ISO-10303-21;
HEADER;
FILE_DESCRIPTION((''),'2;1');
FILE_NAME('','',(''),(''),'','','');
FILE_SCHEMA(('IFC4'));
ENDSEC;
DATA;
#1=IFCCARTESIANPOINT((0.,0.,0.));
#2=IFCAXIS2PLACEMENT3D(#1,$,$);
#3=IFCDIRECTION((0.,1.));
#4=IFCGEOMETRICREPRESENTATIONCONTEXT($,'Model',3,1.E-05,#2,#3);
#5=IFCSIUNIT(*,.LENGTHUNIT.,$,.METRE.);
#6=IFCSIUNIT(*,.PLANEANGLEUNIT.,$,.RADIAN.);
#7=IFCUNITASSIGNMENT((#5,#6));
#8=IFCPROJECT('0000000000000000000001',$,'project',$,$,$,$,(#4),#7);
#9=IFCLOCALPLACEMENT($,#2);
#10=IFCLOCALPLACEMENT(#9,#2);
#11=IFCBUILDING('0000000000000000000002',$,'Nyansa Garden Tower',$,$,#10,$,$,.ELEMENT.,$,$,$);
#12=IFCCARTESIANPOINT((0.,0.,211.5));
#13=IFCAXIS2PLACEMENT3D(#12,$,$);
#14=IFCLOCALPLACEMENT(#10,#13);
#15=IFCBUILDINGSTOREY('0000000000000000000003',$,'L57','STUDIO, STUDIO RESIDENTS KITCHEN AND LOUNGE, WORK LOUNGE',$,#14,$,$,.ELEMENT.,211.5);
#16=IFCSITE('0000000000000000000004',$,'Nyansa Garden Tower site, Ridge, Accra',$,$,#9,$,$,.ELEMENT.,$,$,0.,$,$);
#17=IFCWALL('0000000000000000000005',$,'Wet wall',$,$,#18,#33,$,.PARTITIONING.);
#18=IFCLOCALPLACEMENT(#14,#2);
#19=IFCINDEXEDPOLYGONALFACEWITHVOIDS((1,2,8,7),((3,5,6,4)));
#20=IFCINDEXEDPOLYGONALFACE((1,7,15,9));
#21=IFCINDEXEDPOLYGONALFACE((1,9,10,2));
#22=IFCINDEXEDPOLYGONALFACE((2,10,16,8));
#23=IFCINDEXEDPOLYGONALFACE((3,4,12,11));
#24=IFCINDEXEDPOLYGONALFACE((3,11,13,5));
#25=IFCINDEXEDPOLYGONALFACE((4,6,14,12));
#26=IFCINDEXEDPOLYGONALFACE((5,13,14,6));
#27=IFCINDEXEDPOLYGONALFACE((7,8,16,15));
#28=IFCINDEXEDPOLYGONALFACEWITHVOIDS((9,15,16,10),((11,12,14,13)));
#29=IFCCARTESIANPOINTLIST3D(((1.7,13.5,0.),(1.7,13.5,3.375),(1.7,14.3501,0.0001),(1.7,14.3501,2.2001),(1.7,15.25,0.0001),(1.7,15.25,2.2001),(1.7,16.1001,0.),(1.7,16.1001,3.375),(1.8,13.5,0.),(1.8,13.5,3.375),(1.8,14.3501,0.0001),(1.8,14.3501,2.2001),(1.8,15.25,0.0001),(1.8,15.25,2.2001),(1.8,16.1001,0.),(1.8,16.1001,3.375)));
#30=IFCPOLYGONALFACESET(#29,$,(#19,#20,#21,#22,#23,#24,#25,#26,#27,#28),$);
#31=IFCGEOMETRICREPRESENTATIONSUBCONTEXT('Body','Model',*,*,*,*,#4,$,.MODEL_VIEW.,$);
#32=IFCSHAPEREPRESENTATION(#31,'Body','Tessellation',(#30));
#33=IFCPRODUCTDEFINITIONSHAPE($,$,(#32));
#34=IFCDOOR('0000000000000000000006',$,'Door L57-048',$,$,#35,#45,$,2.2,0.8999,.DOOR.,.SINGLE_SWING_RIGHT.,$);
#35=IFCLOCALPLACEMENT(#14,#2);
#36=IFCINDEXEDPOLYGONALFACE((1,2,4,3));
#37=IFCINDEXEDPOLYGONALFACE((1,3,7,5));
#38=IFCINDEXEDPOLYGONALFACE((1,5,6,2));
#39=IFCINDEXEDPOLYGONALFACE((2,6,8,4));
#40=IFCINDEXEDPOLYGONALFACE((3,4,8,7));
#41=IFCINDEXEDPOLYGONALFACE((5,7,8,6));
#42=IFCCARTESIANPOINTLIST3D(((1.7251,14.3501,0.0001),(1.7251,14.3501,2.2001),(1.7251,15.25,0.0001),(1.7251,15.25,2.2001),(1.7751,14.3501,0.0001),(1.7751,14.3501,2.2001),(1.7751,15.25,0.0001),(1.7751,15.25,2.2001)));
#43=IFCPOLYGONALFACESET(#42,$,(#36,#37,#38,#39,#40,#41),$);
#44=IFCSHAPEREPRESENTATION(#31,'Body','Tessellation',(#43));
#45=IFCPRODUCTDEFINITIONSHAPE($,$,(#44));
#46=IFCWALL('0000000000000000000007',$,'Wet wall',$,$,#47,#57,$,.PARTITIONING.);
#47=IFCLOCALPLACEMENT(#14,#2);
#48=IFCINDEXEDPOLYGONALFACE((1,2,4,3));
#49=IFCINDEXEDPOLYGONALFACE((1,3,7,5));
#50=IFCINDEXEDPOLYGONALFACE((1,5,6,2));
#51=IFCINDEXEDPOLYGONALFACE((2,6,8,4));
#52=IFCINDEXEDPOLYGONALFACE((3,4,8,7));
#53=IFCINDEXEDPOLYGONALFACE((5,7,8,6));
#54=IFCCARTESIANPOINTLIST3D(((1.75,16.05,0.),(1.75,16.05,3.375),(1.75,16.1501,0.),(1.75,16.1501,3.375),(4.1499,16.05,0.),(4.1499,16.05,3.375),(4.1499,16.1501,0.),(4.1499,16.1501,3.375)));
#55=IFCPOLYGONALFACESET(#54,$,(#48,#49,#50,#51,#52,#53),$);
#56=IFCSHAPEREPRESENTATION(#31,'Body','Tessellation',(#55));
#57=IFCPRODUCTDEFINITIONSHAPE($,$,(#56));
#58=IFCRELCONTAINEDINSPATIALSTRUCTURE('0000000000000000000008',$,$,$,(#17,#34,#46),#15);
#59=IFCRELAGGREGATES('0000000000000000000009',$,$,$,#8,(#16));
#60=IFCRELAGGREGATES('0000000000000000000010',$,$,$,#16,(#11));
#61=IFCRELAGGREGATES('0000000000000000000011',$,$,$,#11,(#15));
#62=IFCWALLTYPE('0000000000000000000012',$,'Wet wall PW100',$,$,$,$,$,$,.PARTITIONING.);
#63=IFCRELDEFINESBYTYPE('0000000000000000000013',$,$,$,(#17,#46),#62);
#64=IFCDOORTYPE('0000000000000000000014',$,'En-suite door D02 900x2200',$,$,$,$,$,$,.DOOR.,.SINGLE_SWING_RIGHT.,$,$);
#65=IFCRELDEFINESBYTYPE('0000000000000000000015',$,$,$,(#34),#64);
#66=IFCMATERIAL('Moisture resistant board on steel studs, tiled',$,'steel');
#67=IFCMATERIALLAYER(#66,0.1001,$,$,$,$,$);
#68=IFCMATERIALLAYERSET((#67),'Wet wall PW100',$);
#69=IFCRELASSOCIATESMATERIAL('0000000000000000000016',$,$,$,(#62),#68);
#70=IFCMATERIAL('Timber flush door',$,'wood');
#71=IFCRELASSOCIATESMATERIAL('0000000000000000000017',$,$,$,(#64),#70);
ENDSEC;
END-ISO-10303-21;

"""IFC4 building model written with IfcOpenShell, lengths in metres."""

from ifc_helpers import new_model, si_unit, direction, frame, frame_2d, origin, place, context, subcontext, project, spatial, rectangle, extrude, material, layer, layer_set, type_object, element, fill, save


model = new_model("IFC4")

# Units and contexts
model_context = context("Model", 3, precision=1e-05, world=origin(), true_north=direction((0.0, 1.0)))
body_context = subcontext(model_context, "Body", "Model", "MODEL_VIEW")
ifc_project = project(units=[si_unit("LENGTHUNIT", "METRE"), si_unit("PLANEANGLEUNIT", "RADIAN")], contexts=[model_context])

# Site, building, storey
site_placement = place(None, origin())
site = spatial("IfcSite", under=ifc_project, at=site_placement, Name="Nyansa Garden Tower site, Ridge, Accra", CompositionType="ELEMENT", RefElevation=0.0)
building_placement = place(site_placement, origin())
building = spatial("IfcBuilding", under=site, at=building_placement, Name="Nyansa Garden Tower", CompositionType="ELEMENT")
storey_placement = place(building_placement, frame((0.0, 0.0, 211.5)))
storey = spatial("IfcBuildingStorey", under=building, at=storey_placement, Name="L57", Description="STUDIO, STUDIO RESIDENTS KITCHEN AND LOUNGE, WORK LOUNGE", CompositionType="ELEMENT", Elevation=211.5)

# Wall, opening, door
ifc_material_1 = material(Name="Moisture resistant board on steel studs, tiled", Category="steel")
ifc_layer_1 = layer(ifc_material_1, 0.1001)
ifc_layer_set_1 = layer_set([ifc_layer_1], Name="Wet wall PW100")
wall_type_1 = type_object("IfcWallType", Name="Wet wall PW100", PredefinedType="PARTITIONING", material=ifc_layer_set_1)
wall_1_placement = place(storey_placement, frame((1.75, 13.5, 0.0), z_axis=(0.0, 0.0, 1.0), x_axis=(0.0, 1.0, 0.0)))
wall_1 = element("IfcWall", 1, at=wall_1_placement, inside=storey, type_object=wall_type_1, Name="Wet wall", PredefinedType="PARTITIONING", context=body_context, shape_type="SweptSolid", body=[
    extrude(rectangle(XDim=2.6001, YDim=0.1001, at=frame_2d((1.3, 0.0))), origin(), (0.0, 0.0, 1.0), 3.375),
])
opening_1_placement = place(wall_1_placement, frame((0.8501, 0.0, 0.0)))
opening_1 = element("IfcOpeningElement", 2, at=opening_1_placement, cuts=wall_1, PredefinedType="OPENING", context=body_context, shape_type="SweptSolid", body=[
    extrude(rectangle(XDim=0.8999, YDim=2.2, at=frame_2d((0.45, 1.1001))), frame((0.0, 0.0601, 0.0), z_axis=(0.0, -1.0, 0.0), x_axis=(1.0, 0.0, 0.0)), (0.0, 0.0, 1.0), 0.1201),
])
ifc_material_2 = material(Name="Timber flush door", Category="wood")
door_type = type_object("IfcDoorType", Name="En-suite door D02 900x2200", OperationType="SINGLE_SWING_RIGHT", PredefinedType="DOOR", material=ifc_material_2)
door_placement = place(opening_1_placement, origin())
door = element("IfcDoor", 3, at=door_placement, inside=storey, type_object=door_type, Name="Door L57-048", OperationType="SINGLE_SWING_RIGHT", OverallHeight=2.2, OverallWidth=0.8999, PredefinedType="DOOR", context=body_context, shape_type="SweptSolid", body=[
    extrude(rectangle(XDim=0.8999, YDim=2.2, at=frame_2d((0.45, 1.1001))), frame((0.0, 0.0249, 0.0), z_axis=(0.0, -1.0, 0.0), x_axis=(1.0, 0.0, 0.0)), (0.0, 0.0, 1.0), 0.05),
])
fill(opening_1, door)

# Wall
wall_2_placement = place(storey_placement, frame((1.75, 16.1001, 0.0), z_axis=(0.0, 0.0, 1.0), x_axis=(1.0, 0.0, 0.0)))
element("IfcWall", 4, at=wall_2_placement, inside=storey, type_object=wall_type_1, Name="Wet wall", PredefinedType="PARTITIONING", context=body_context, shape_type="SweptSolid", body=[
    extrude(rectangle(XDim=2.3999, YDim=0.1001, at=frame_2d((1.2, 0.0))), origin(), (0.0, 0.0, 1.0), 3.375),
])

save(model, "model.ifc")
